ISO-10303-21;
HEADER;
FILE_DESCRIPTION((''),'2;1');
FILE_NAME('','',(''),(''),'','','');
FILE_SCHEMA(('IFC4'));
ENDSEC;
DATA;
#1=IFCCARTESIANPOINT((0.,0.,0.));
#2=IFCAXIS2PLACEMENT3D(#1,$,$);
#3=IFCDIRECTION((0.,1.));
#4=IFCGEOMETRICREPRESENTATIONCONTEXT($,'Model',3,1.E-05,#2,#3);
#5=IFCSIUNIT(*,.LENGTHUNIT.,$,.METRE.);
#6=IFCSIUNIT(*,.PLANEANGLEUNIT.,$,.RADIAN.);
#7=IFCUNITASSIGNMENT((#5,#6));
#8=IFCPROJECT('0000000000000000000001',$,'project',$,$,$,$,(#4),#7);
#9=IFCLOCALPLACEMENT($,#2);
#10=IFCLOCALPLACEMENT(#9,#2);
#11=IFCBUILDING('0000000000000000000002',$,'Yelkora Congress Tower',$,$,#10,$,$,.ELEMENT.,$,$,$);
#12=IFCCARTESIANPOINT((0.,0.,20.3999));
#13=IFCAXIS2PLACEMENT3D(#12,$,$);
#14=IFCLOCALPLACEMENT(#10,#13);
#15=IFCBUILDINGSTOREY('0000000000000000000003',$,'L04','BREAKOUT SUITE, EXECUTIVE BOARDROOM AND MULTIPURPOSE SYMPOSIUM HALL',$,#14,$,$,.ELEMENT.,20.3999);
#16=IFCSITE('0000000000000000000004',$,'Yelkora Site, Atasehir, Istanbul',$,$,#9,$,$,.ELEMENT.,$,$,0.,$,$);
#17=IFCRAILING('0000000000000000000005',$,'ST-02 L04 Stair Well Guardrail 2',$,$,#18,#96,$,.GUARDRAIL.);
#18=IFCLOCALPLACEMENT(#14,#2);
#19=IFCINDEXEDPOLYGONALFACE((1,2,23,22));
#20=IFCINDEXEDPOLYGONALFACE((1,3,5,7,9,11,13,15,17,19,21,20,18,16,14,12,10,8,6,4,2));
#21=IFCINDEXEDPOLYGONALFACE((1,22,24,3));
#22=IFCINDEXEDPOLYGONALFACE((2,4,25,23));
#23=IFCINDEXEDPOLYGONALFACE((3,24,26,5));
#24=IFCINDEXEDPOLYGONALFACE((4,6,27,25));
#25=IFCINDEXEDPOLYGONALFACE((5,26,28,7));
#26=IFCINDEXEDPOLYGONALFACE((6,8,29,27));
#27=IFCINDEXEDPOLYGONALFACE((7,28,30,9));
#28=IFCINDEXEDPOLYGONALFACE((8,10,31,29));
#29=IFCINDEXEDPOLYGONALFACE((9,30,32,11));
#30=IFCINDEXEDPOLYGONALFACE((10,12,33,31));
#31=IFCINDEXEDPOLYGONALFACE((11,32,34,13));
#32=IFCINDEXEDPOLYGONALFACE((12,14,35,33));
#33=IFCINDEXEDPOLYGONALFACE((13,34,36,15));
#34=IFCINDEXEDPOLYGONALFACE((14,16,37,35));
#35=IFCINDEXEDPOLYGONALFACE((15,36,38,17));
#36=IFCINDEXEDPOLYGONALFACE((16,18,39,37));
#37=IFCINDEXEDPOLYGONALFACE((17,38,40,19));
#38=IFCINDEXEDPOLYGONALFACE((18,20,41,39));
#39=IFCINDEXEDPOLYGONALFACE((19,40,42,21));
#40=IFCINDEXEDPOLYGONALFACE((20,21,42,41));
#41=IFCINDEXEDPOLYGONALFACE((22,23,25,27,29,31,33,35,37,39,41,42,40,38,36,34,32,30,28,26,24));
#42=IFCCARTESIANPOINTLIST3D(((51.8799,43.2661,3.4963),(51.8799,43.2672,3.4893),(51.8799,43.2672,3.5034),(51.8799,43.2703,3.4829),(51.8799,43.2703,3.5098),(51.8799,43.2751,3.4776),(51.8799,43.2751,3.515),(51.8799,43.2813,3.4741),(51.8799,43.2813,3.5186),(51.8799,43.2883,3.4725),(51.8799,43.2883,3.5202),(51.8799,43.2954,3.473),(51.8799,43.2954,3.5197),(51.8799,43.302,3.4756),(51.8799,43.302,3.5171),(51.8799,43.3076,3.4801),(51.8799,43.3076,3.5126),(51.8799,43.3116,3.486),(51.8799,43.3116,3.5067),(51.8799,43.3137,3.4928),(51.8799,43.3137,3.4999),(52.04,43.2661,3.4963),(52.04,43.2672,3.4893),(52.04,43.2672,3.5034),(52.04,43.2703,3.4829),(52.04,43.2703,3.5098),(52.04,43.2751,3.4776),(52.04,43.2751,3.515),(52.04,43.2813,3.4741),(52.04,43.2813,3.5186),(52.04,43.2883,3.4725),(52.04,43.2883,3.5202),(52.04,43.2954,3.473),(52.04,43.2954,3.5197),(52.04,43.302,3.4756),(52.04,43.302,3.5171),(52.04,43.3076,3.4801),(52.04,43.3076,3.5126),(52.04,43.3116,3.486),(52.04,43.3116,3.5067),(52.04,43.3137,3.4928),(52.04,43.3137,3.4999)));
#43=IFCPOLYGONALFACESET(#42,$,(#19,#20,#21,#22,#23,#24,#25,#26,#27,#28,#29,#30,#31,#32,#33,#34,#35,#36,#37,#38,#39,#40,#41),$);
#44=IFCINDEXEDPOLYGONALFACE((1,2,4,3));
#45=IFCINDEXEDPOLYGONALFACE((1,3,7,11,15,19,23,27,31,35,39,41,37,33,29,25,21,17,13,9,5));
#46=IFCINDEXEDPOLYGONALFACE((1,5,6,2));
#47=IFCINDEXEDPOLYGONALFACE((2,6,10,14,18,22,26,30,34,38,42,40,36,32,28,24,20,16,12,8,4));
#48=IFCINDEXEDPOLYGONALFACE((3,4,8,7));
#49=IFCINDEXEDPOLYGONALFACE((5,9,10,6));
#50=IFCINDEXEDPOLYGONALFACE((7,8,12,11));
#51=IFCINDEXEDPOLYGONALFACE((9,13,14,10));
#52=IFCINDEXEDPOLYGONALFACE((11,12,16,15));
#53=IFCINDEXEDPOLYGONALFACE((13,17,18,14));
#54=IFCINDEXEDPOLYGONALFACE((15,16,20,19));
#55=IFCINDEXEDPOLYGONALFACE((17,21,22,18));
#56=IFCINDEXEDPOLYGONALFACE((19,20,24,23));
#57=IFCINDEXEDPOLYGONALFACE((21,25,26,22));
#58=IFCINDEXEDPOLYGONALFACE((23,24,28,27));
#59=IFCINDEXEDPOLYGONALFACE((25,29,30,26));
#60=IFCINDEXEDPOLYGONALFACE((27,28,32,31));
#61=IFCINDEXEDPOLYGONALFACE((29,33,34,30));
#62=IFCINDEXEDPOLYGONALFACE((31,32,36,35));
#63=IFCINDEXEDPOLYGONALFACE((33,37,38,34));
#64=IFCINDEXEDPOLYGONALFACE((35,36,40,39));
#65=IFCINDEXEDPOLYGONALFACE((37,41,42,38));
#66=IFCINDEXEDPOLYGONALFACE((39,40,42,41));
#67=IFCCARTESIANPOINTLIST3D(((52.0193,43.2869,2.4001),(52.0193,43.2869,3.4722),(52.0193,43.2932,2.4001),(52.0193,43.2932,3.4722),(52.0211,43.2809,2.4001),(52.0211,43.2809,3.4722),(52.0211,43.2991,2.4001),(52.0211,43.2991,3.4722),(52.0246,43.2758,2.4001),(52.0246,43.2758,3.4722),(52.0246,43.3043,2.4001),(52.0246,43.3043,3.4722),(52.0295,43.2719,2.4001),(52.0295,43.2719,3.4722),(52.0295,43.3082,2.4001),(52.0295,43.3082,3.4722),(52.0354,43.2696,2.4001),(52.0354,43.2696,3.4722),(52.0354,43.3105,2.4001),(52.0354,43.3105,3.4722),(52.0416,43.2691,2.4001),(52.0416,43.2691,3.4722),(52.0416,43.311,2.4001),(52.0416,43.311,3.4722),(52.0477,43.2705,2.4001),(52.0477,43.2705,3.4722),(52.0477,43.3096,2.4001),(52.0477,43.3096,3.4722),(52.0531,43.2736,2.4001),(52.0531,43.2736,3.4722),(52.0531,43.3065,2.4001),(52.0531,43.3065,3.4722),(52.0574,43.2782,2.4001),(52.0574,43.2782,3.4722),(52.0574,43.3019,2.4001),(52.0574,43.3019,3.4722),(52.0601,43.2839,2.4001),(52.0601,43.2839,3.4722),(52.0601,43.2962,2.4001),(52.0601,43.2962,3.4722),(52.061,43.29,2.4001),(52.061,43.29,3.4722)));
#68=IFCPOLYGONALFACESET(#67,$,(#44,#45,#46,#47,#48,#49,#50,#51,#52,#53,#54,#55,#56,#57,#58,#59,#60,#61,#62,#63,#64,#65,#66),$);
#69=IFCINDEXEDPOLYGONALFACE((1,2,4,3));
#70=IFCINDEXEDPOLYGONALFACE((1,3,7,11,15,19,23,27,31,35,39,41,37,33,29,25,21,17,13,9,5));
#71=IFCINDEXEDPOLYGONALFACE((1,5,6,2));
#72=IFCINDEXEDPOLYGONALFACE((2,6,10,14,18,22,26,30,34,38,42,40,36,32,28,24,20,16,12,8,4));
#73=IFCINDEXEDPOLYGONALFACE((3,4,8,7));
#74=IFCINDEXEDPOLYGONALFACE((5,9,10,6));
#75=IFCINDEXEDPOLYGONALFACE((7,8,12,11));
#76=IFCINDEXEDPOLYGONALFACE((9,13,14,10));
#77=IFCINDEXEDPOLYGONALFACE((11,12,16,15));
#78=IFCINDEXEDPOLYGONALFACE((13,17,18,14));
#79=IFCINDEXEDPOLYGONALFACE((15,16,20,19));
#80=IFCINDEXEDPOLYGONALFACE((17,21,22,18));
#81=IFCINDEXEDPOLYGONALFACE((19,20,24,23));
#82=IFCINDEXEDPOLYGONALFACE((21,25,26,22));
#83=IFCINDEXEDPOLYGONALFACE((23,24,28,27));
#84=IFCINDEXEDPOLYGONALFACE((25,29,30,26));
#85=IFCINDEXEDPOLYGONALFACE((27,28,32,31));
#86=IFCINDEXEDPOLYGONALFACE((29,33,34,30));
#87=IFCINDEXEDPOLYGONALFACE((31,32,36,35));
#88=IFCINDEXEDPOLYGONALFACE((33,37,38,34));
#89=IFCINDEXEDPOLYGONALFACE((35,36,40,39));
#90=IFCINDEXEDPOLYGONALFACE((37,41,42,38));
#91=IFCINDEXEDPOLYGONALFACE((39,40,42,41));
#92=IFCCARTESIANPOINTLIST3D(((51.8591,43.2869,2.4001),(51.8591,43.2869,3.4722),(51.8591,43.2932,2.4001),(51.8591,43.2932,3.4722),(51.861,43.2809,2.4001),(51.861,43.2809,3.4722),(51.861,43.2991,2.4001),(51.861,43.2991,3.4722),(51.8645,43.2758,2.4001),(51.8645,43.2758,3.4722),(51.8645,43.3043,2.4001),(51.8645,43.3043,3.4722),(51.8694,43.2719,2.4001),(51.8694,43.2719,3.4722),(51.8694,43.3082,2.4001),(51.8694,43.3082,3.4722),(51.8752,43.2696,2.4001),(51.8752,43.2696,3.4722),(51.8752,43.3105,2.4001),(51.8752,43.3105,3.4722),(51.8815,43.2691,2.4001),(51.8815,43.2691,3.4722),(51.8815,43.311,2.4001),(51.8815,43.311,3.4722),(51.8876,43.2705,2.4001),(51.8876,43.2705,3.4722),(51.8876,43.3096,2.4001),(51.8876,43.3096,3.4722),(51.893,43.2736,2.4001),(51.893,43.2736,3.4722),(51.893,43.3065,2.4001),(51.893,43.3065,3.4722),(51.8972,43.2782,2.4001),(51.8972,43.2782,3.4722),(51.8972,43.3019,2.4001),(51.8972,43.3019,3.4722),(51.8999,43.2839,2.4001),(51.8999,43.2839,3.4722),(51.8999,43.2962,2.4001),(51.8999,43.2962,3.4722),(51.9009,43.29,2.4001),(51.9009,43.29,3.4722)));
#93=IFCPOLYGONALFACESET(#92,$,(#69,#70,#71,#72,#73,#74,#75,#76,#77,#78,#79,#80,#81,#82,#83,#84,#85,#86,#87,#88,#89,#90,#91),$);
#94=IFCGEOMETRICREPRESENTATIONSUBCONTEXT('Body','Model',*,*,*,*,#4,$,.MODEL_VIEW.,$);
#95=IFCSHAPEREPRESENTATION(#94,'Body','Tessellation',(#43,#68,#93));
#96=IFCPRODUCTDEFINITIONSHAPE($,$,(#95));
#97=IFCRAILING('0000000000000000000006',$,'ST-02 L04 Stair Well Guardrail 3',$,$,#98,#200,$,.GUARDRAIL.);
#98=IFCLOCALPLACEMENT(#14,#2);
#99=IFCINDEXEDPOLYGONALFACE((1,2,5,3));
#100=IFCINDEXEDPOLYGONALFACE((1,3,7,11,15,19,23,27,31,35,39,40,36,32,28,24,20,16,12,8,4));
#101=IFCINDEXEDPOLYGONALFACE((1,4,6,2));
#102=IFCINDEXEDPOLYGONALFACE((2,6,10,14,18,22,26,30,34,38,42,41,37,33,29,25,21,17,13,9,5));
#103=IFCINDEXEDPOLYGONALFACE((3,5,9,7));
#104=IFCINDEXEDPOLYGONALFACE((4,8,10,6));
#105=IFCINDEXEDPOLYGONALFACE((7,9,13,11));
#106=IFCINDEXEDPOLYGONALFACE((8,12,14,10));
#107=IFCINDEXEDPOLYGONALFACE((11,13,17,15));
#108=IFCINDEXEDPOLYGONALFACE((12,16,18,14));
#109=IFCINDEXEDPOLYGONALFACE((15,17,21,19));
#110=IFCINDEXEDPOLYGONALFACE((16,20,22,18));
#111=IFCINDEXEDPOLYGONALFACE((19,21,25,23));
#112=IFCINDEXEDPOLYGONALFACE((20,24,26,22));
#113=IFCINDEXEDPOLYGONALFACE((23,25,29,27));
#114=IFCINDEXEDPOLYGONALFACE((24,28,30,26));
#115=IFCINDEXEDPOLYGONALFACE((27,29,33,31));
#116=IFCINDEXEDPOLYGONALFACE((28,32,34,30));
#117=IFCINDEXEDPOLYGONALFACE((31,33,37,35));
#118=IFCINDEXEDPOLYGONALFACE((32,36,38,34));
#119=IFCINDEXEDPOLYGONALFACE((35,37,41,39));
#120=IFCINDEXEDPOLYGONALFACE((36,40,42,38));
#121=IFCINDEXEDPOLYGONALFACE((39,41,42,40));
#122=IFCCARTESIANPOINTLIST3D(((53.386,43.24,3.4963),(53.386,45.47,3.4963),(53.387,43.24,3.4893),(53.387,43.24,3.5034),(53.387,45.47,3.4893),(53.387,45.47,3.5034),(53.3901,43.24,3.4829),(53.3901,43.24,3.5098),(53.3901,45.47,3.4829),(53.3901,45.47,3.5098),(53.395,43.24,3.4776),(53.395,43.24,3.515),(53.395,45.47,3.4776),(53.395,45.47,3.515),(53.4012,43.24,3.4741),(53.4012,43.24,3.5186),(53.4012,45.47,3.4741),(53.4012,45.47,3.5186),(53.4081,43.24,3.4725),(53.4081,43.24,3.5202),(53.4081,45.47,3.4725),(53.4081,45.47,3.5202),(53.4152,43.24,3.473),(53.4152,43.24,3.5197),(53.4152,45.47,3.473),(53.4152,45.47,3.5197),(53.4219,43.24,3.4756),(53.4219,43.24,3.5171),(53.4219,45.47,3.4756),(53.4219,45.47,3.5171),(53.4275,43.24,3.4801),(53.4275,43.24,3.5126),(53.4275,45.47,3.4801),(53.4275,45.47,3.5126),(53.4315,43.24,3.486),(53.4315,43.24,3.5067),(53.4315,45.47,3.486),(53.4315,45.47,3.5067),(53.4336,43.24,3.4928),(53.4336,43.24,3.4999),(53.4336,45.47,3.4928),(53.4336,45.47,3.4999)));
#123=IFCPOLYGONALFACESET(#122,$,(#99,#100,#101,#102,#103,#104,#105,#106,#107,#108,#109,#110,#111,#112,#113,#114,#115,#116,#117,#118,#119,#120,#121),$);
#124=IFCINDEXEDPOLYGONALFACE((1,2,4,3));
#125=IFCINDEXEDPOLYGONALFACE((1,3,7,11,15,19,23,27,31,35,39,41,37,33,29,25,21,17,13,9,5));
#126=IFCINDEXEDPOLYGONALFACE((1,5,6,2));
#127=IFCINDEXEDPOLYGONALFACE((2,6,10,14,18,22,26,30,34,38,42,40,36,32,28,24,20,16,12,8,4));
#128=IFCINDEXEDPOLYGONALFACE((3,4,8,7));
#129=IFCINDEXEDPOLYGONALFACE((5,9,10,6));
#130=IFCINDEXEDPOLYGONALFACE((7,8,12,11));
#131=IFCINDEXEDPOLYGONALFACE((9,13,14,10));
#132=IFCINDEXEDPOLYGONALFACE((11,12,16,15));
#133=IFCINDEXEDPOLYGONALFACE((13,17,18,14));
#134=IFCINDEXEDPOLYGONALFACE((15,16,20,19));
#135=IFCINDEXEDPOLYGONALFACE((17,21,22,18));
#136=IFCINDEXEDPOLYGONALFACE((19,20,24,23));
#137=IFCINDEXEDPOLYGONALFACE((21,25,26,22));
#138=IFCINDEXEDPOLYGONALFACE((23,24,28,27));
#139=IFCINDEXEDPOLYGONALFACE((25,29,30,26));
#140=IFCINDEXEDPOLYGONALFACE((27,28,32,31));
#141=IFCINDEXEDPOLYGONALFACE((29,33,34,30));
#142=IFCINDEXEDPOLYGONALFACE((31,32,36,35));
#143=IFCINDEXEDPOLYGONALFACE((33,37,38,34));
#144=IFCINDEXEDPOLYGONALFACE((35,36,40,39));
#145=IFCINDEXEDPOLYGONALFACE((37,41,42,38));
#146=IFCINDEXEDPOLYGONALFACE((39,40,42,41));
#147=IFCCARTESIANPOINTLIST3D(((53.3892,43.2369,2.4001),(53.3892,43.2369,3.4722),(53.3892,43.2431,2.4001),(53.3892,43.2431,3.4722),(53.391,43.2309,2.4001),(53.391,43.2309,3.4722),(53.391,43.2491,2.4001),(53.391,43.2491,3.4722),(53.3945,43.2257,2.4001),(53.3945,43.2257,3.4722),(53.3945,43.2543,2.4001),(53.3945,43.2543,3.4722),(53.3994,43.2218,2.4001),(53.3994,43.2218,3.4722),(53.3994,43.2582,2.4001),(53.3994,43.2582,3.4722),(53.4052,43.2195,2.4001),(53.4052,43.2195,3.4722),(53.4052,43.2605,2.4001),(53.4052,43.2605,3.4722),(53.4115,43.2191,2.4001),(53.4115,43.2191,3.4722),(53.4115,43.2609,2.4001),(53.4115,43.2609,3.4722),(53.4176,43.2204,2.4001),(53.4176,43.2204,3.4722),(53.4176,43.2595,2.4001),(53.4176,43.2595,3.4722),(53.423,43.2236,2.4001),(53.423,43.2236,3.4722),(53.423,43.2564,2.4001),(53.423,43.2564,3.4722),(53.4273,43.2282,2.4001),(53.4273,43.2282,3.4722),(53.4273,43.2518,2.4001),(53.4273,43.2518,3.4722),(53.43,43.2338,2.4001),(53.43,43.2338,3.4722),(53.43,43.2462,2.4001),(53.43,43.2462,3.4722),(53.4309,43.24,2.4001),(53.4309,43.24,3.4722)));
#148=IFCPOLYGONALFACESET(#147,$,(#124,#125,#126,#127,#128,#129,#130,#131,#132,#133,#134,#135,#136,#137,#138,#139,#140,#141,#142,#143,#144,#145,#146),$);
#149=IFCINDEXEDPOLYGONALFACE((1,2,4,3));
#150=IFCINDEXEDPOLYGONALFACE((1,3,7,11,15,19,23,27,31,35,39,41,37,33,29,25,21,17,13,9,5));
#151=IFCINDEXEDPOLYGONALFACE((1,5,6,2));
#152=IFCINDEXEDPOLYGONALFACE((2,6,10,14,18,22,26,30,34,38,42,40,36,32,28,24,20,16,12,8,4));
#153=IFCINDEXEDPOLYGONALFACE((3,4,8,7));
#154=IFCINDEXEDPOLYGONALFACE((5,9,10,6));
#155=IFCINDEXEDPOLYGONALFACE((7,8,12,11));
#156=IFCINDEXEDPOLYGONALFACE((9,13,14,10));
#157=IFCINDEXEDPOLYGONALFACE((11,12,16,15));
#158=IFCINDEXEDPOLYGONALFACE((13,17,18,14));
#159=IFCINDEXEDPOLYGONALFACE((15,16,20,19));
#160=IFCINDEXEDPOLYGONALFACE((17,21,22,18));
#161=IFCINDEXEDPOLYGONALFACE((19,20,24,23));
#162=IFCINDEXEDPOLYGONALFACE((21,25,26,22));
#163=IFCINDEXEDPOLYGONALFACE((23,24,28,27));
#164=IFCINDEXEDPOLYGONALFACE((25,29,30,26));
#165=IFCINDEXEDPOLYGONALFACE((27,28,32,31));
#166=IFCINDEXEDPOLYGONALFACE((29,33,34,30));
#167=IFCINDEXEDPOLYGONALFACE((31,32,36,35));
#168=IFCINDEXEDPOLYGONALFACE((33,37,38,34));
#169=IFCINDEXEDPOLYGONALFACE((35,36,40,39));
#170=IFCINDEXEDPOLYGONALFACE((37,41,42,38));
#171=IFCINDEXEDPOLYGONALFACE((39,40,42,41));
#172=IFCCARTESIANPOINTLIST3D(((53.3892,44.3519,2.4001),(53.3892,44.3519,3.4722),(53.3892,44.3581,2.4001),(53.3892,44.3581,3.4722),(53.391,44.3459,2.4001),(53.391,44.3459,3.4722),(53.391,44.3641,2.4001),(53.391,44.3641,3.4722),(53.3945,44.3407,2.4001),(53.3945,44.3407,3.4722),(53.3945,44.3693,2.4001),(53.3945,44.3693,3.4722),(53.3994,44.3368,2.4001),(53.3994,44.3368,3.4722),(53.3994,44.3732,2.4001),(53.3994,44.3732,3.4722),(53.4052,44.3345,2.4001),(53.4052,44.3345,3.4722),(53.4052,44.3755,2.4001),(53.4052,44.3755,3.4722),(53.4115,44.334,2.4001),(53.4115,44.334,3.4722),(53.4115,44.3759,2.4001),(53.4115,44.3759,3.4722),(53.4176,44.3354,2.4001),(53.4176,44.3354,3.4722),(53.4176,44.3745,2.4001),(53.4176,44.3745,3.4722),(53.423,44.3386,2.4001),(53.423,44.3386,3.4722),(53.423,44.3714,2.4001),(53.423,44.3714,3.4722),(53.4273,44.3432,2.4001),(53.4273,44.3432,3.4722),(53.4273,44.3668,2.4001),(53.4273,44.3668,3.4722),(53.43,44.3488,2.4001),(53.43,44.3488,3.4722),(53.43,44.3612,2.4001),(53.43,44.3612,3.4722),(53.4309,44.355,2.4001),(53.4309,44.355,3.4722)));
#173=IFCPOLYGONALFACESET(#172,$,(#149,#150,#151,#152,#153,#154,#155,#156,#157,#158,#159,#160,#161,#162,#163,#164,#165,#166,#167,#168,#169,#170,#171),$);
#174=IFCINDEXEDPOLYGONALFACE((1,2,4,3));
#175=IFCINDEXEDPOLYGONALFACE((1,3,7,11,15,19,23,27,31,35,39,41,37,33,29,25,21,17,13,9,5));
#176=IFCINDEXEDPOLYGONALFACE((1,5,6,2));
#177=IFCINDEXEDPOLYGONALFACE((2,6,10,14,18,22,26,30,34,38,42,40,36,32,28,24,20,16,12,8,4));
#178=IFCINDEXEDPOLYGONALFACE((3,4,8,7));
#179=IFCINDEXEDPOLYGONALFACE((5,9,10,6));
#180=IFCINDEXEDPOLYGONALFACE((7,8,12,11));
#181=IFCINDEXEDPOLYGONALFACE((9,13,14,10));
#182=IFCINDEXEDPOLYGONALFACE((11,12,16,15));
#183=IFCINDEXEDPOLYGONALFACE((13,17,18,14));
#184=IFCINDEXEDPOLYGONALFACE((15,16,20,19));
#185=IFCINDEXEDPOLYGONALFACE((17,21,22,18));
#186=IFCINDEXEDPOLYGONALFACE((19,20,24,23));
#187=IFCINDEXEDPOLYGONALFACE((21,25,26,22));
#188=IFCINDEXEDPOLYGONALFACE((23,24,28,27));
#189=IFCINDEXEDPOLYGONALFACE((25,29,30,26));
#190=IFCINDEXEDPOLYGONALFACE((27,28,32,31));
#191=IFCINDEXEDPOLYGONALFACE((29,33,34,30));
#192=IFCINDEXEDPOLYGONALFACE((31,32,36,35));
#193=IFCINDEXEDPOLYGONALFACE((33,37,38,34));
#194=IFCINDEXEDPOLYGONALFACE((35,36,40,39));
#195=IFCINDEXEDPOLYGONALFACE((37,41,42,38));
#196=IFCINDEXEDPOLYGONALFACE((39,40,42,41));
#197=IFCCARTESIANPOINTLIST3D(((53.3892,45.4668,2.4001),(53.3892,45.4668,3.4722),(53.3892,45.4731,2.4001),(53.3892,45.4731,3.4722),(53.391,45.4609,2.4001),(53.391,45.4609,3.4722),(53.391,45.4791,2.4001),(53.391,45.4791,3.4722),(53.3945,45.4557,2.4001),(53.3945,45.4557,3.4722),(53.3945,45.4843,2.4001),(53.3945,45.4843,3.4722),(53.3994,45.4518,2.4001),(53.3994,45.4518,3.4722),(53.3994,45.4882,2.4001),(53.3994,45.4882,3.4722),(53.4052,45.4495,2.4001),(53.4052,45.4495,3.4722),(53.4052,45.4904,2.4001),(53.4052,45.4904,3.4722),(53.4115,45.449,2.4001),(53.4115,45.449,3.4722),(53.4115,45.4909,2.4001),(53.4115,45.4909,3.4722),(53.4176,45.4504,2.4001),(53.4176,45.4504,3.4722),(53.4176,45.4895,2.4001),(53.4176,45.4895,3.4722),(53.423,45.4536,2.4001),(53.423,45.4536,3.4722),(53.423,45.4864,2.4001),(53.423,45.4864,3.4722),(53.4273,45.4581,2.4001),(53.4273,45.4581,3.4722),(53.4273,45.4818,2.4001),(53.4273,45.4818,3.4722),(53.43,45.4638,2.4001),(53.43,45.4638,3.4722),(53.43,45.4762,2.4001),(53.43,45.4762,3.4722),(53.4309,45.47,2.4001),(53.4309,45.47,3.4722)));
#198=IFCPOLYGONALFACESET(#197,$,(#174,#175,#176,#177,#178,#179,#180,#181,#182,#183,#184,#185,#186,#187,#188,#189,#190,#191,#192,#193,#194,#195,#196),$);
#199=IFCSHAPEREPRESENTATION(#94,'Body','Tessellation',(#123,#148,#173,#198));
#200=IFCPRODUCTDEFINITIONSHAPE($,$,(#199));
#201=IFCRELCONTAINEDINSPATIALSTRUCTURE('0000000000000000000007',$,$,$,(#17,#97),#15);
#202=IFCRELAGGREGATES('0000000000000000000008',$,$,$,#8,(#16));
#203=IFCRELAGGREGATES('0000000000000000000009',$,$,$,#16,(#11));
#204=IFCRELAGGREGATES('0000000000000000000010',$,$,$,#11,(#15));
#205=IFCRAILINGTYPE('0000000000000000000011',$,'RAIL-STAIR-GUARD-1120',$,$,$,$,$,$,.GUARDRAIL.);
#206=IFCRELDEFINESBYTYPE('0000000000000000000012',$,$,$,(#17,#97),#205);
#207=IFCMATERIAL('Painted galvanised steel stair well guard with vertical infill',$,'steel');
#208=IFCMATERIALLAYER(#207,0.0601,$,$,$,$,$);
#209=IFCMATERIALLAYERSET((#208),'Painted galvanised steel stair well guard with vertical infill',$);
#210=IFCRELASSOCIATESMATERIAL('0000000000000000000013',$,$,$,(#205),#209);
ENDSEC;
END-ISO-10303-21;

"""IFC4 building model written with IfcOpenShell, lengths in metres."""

from ifc_helpers import new_model, si_unit, direction, frame, origin, origin_2d, place, context, subcontext, project, spatial, circle, extrude, material, layer, layer_set, type_object, element, save


model = new_model("IFC4")

# Units and contexts
model_context = context("Model", 3, precision=1e-05, world=origin(), true_north=direction((0.0, 1.0)))
body_context = subcontext(model_context, "Body", "Model", "MODEL_VIEW")
ifc_project = project(units=[si_unit("LENGTHUNIT", "METRE"), si_unit("PLANEANGLEUNIT", "RADIAN")], contexts=[model_context])

# Site, building, storey
site_placement = place(None, origin())
site = spatial("IfcSite", under=ifc_project, at=site_placement, Name="Yelkora Site, Atasehir, Istanbul", CompositionType="ELEMENT", RefElevation=0.0)
building_placement = place(site_placement, origin())
building = spatial("IfcBuilding", under=site, at=building_placement, Name="Yelkora Congress Tower", CompositionType="ELEMENT")
storey_placement = place(building_placement, frame((0.0, 0.0, 20.3999)))
storey = spatial("IfcBuildingStorey", under=building, at=storey_placement, Name="L04", Description="BREAKOUT SUITE, EXECUTIVE BOARDROOM AND MULTIPURPOSE SYMPOSIUM HALL", CompositionType="ELEMENT", Elevation=20.3999)

# Railings
ifc_material_1 = material(Name="Painted galvanised steel stair well guard with vertical infill", Category="steel")
ifc_layer_1 = layer(ifc_material_1, 0.0601)
ifc_layer_set_1 = layer_set([ifc_layer_1], Name="Painted galvanised steel stair well guard with vertical infill")
railing_type_1 = type_object("IfcRailingType", Name="RAIL-STAIR-GUARD-1120", PredefinedType="GUARDRAIL", material=ifc_layer_set_1)
railing_1_placement = place(storey_placement, frame((52.04, 43.29, 2.4001)))
element("IfcRailing", 1, at=railing_1_placement, inside=storey, type_object=railing_type_1, Name="ST-02 L04 Stair Well Guardrail 2", PredefinedType="GUARDRAIL", context=body_context, shape_type="SweptSolid", body=[
    extrude(circle(Radius=0.0239, at=origin_2d()), frame((0.0, 0.0, 1.0962), z_axis=(-1.0, 0.0, 0.0), x_axis=(0.0, -1.0, 0.0)), (0.0, 0.0, 1.0), 0.1602),
    extrude(circle(Radius=0.021, at=origin_2d()), origin(), (0.0, 0.0, 1.0), 1.072),
    extrude(circle(Radius=0.021, at=origin_2d()), frame((-0.1602, 0.0, 0.0)), (0.0, 0.0, 1.0), 1.072),
])
for number, where, name in (
    (2, (53.4099, 43.24, 2.4001), "ST-02 L04 Stair Well Guardrail 3"),
):
    element("IfcRailing", number, at=place(storey_placement, frame(where)), inside=storey, type_object=railing_type_1, Name=name, PredefinedType="GUARDRAIL", context=body_context, shape_type="SweptSolid", body=[
        extrude(circle(Radius=0.0239, at=origin_2d()), frame((0.0, 0.0, 1.0962), z_axis=(0.0, 1.0, 0.0), x_axis=(-1.0, 0.0, 0.0)), (0.0, 0.0, 1.0), 2.23),
        extrude(circle(Radius=0.021, at=origin_2d()), origin(), (0.0, 0.0, 1.0), 1.072),
        extrude(circle(Radius=0.021, at=origin_2d()), frame((0.0, 1.115, 0.0)), (0.0, 0.0, 1.0), 1.072),
        extrude(circle(Radius=0.021, at=origin_2d()), frame((0.0, 2.23, 0.0)), (0.0, 0.0, 1.0), 1.072),
    ])

save(model, "model.ifc")
